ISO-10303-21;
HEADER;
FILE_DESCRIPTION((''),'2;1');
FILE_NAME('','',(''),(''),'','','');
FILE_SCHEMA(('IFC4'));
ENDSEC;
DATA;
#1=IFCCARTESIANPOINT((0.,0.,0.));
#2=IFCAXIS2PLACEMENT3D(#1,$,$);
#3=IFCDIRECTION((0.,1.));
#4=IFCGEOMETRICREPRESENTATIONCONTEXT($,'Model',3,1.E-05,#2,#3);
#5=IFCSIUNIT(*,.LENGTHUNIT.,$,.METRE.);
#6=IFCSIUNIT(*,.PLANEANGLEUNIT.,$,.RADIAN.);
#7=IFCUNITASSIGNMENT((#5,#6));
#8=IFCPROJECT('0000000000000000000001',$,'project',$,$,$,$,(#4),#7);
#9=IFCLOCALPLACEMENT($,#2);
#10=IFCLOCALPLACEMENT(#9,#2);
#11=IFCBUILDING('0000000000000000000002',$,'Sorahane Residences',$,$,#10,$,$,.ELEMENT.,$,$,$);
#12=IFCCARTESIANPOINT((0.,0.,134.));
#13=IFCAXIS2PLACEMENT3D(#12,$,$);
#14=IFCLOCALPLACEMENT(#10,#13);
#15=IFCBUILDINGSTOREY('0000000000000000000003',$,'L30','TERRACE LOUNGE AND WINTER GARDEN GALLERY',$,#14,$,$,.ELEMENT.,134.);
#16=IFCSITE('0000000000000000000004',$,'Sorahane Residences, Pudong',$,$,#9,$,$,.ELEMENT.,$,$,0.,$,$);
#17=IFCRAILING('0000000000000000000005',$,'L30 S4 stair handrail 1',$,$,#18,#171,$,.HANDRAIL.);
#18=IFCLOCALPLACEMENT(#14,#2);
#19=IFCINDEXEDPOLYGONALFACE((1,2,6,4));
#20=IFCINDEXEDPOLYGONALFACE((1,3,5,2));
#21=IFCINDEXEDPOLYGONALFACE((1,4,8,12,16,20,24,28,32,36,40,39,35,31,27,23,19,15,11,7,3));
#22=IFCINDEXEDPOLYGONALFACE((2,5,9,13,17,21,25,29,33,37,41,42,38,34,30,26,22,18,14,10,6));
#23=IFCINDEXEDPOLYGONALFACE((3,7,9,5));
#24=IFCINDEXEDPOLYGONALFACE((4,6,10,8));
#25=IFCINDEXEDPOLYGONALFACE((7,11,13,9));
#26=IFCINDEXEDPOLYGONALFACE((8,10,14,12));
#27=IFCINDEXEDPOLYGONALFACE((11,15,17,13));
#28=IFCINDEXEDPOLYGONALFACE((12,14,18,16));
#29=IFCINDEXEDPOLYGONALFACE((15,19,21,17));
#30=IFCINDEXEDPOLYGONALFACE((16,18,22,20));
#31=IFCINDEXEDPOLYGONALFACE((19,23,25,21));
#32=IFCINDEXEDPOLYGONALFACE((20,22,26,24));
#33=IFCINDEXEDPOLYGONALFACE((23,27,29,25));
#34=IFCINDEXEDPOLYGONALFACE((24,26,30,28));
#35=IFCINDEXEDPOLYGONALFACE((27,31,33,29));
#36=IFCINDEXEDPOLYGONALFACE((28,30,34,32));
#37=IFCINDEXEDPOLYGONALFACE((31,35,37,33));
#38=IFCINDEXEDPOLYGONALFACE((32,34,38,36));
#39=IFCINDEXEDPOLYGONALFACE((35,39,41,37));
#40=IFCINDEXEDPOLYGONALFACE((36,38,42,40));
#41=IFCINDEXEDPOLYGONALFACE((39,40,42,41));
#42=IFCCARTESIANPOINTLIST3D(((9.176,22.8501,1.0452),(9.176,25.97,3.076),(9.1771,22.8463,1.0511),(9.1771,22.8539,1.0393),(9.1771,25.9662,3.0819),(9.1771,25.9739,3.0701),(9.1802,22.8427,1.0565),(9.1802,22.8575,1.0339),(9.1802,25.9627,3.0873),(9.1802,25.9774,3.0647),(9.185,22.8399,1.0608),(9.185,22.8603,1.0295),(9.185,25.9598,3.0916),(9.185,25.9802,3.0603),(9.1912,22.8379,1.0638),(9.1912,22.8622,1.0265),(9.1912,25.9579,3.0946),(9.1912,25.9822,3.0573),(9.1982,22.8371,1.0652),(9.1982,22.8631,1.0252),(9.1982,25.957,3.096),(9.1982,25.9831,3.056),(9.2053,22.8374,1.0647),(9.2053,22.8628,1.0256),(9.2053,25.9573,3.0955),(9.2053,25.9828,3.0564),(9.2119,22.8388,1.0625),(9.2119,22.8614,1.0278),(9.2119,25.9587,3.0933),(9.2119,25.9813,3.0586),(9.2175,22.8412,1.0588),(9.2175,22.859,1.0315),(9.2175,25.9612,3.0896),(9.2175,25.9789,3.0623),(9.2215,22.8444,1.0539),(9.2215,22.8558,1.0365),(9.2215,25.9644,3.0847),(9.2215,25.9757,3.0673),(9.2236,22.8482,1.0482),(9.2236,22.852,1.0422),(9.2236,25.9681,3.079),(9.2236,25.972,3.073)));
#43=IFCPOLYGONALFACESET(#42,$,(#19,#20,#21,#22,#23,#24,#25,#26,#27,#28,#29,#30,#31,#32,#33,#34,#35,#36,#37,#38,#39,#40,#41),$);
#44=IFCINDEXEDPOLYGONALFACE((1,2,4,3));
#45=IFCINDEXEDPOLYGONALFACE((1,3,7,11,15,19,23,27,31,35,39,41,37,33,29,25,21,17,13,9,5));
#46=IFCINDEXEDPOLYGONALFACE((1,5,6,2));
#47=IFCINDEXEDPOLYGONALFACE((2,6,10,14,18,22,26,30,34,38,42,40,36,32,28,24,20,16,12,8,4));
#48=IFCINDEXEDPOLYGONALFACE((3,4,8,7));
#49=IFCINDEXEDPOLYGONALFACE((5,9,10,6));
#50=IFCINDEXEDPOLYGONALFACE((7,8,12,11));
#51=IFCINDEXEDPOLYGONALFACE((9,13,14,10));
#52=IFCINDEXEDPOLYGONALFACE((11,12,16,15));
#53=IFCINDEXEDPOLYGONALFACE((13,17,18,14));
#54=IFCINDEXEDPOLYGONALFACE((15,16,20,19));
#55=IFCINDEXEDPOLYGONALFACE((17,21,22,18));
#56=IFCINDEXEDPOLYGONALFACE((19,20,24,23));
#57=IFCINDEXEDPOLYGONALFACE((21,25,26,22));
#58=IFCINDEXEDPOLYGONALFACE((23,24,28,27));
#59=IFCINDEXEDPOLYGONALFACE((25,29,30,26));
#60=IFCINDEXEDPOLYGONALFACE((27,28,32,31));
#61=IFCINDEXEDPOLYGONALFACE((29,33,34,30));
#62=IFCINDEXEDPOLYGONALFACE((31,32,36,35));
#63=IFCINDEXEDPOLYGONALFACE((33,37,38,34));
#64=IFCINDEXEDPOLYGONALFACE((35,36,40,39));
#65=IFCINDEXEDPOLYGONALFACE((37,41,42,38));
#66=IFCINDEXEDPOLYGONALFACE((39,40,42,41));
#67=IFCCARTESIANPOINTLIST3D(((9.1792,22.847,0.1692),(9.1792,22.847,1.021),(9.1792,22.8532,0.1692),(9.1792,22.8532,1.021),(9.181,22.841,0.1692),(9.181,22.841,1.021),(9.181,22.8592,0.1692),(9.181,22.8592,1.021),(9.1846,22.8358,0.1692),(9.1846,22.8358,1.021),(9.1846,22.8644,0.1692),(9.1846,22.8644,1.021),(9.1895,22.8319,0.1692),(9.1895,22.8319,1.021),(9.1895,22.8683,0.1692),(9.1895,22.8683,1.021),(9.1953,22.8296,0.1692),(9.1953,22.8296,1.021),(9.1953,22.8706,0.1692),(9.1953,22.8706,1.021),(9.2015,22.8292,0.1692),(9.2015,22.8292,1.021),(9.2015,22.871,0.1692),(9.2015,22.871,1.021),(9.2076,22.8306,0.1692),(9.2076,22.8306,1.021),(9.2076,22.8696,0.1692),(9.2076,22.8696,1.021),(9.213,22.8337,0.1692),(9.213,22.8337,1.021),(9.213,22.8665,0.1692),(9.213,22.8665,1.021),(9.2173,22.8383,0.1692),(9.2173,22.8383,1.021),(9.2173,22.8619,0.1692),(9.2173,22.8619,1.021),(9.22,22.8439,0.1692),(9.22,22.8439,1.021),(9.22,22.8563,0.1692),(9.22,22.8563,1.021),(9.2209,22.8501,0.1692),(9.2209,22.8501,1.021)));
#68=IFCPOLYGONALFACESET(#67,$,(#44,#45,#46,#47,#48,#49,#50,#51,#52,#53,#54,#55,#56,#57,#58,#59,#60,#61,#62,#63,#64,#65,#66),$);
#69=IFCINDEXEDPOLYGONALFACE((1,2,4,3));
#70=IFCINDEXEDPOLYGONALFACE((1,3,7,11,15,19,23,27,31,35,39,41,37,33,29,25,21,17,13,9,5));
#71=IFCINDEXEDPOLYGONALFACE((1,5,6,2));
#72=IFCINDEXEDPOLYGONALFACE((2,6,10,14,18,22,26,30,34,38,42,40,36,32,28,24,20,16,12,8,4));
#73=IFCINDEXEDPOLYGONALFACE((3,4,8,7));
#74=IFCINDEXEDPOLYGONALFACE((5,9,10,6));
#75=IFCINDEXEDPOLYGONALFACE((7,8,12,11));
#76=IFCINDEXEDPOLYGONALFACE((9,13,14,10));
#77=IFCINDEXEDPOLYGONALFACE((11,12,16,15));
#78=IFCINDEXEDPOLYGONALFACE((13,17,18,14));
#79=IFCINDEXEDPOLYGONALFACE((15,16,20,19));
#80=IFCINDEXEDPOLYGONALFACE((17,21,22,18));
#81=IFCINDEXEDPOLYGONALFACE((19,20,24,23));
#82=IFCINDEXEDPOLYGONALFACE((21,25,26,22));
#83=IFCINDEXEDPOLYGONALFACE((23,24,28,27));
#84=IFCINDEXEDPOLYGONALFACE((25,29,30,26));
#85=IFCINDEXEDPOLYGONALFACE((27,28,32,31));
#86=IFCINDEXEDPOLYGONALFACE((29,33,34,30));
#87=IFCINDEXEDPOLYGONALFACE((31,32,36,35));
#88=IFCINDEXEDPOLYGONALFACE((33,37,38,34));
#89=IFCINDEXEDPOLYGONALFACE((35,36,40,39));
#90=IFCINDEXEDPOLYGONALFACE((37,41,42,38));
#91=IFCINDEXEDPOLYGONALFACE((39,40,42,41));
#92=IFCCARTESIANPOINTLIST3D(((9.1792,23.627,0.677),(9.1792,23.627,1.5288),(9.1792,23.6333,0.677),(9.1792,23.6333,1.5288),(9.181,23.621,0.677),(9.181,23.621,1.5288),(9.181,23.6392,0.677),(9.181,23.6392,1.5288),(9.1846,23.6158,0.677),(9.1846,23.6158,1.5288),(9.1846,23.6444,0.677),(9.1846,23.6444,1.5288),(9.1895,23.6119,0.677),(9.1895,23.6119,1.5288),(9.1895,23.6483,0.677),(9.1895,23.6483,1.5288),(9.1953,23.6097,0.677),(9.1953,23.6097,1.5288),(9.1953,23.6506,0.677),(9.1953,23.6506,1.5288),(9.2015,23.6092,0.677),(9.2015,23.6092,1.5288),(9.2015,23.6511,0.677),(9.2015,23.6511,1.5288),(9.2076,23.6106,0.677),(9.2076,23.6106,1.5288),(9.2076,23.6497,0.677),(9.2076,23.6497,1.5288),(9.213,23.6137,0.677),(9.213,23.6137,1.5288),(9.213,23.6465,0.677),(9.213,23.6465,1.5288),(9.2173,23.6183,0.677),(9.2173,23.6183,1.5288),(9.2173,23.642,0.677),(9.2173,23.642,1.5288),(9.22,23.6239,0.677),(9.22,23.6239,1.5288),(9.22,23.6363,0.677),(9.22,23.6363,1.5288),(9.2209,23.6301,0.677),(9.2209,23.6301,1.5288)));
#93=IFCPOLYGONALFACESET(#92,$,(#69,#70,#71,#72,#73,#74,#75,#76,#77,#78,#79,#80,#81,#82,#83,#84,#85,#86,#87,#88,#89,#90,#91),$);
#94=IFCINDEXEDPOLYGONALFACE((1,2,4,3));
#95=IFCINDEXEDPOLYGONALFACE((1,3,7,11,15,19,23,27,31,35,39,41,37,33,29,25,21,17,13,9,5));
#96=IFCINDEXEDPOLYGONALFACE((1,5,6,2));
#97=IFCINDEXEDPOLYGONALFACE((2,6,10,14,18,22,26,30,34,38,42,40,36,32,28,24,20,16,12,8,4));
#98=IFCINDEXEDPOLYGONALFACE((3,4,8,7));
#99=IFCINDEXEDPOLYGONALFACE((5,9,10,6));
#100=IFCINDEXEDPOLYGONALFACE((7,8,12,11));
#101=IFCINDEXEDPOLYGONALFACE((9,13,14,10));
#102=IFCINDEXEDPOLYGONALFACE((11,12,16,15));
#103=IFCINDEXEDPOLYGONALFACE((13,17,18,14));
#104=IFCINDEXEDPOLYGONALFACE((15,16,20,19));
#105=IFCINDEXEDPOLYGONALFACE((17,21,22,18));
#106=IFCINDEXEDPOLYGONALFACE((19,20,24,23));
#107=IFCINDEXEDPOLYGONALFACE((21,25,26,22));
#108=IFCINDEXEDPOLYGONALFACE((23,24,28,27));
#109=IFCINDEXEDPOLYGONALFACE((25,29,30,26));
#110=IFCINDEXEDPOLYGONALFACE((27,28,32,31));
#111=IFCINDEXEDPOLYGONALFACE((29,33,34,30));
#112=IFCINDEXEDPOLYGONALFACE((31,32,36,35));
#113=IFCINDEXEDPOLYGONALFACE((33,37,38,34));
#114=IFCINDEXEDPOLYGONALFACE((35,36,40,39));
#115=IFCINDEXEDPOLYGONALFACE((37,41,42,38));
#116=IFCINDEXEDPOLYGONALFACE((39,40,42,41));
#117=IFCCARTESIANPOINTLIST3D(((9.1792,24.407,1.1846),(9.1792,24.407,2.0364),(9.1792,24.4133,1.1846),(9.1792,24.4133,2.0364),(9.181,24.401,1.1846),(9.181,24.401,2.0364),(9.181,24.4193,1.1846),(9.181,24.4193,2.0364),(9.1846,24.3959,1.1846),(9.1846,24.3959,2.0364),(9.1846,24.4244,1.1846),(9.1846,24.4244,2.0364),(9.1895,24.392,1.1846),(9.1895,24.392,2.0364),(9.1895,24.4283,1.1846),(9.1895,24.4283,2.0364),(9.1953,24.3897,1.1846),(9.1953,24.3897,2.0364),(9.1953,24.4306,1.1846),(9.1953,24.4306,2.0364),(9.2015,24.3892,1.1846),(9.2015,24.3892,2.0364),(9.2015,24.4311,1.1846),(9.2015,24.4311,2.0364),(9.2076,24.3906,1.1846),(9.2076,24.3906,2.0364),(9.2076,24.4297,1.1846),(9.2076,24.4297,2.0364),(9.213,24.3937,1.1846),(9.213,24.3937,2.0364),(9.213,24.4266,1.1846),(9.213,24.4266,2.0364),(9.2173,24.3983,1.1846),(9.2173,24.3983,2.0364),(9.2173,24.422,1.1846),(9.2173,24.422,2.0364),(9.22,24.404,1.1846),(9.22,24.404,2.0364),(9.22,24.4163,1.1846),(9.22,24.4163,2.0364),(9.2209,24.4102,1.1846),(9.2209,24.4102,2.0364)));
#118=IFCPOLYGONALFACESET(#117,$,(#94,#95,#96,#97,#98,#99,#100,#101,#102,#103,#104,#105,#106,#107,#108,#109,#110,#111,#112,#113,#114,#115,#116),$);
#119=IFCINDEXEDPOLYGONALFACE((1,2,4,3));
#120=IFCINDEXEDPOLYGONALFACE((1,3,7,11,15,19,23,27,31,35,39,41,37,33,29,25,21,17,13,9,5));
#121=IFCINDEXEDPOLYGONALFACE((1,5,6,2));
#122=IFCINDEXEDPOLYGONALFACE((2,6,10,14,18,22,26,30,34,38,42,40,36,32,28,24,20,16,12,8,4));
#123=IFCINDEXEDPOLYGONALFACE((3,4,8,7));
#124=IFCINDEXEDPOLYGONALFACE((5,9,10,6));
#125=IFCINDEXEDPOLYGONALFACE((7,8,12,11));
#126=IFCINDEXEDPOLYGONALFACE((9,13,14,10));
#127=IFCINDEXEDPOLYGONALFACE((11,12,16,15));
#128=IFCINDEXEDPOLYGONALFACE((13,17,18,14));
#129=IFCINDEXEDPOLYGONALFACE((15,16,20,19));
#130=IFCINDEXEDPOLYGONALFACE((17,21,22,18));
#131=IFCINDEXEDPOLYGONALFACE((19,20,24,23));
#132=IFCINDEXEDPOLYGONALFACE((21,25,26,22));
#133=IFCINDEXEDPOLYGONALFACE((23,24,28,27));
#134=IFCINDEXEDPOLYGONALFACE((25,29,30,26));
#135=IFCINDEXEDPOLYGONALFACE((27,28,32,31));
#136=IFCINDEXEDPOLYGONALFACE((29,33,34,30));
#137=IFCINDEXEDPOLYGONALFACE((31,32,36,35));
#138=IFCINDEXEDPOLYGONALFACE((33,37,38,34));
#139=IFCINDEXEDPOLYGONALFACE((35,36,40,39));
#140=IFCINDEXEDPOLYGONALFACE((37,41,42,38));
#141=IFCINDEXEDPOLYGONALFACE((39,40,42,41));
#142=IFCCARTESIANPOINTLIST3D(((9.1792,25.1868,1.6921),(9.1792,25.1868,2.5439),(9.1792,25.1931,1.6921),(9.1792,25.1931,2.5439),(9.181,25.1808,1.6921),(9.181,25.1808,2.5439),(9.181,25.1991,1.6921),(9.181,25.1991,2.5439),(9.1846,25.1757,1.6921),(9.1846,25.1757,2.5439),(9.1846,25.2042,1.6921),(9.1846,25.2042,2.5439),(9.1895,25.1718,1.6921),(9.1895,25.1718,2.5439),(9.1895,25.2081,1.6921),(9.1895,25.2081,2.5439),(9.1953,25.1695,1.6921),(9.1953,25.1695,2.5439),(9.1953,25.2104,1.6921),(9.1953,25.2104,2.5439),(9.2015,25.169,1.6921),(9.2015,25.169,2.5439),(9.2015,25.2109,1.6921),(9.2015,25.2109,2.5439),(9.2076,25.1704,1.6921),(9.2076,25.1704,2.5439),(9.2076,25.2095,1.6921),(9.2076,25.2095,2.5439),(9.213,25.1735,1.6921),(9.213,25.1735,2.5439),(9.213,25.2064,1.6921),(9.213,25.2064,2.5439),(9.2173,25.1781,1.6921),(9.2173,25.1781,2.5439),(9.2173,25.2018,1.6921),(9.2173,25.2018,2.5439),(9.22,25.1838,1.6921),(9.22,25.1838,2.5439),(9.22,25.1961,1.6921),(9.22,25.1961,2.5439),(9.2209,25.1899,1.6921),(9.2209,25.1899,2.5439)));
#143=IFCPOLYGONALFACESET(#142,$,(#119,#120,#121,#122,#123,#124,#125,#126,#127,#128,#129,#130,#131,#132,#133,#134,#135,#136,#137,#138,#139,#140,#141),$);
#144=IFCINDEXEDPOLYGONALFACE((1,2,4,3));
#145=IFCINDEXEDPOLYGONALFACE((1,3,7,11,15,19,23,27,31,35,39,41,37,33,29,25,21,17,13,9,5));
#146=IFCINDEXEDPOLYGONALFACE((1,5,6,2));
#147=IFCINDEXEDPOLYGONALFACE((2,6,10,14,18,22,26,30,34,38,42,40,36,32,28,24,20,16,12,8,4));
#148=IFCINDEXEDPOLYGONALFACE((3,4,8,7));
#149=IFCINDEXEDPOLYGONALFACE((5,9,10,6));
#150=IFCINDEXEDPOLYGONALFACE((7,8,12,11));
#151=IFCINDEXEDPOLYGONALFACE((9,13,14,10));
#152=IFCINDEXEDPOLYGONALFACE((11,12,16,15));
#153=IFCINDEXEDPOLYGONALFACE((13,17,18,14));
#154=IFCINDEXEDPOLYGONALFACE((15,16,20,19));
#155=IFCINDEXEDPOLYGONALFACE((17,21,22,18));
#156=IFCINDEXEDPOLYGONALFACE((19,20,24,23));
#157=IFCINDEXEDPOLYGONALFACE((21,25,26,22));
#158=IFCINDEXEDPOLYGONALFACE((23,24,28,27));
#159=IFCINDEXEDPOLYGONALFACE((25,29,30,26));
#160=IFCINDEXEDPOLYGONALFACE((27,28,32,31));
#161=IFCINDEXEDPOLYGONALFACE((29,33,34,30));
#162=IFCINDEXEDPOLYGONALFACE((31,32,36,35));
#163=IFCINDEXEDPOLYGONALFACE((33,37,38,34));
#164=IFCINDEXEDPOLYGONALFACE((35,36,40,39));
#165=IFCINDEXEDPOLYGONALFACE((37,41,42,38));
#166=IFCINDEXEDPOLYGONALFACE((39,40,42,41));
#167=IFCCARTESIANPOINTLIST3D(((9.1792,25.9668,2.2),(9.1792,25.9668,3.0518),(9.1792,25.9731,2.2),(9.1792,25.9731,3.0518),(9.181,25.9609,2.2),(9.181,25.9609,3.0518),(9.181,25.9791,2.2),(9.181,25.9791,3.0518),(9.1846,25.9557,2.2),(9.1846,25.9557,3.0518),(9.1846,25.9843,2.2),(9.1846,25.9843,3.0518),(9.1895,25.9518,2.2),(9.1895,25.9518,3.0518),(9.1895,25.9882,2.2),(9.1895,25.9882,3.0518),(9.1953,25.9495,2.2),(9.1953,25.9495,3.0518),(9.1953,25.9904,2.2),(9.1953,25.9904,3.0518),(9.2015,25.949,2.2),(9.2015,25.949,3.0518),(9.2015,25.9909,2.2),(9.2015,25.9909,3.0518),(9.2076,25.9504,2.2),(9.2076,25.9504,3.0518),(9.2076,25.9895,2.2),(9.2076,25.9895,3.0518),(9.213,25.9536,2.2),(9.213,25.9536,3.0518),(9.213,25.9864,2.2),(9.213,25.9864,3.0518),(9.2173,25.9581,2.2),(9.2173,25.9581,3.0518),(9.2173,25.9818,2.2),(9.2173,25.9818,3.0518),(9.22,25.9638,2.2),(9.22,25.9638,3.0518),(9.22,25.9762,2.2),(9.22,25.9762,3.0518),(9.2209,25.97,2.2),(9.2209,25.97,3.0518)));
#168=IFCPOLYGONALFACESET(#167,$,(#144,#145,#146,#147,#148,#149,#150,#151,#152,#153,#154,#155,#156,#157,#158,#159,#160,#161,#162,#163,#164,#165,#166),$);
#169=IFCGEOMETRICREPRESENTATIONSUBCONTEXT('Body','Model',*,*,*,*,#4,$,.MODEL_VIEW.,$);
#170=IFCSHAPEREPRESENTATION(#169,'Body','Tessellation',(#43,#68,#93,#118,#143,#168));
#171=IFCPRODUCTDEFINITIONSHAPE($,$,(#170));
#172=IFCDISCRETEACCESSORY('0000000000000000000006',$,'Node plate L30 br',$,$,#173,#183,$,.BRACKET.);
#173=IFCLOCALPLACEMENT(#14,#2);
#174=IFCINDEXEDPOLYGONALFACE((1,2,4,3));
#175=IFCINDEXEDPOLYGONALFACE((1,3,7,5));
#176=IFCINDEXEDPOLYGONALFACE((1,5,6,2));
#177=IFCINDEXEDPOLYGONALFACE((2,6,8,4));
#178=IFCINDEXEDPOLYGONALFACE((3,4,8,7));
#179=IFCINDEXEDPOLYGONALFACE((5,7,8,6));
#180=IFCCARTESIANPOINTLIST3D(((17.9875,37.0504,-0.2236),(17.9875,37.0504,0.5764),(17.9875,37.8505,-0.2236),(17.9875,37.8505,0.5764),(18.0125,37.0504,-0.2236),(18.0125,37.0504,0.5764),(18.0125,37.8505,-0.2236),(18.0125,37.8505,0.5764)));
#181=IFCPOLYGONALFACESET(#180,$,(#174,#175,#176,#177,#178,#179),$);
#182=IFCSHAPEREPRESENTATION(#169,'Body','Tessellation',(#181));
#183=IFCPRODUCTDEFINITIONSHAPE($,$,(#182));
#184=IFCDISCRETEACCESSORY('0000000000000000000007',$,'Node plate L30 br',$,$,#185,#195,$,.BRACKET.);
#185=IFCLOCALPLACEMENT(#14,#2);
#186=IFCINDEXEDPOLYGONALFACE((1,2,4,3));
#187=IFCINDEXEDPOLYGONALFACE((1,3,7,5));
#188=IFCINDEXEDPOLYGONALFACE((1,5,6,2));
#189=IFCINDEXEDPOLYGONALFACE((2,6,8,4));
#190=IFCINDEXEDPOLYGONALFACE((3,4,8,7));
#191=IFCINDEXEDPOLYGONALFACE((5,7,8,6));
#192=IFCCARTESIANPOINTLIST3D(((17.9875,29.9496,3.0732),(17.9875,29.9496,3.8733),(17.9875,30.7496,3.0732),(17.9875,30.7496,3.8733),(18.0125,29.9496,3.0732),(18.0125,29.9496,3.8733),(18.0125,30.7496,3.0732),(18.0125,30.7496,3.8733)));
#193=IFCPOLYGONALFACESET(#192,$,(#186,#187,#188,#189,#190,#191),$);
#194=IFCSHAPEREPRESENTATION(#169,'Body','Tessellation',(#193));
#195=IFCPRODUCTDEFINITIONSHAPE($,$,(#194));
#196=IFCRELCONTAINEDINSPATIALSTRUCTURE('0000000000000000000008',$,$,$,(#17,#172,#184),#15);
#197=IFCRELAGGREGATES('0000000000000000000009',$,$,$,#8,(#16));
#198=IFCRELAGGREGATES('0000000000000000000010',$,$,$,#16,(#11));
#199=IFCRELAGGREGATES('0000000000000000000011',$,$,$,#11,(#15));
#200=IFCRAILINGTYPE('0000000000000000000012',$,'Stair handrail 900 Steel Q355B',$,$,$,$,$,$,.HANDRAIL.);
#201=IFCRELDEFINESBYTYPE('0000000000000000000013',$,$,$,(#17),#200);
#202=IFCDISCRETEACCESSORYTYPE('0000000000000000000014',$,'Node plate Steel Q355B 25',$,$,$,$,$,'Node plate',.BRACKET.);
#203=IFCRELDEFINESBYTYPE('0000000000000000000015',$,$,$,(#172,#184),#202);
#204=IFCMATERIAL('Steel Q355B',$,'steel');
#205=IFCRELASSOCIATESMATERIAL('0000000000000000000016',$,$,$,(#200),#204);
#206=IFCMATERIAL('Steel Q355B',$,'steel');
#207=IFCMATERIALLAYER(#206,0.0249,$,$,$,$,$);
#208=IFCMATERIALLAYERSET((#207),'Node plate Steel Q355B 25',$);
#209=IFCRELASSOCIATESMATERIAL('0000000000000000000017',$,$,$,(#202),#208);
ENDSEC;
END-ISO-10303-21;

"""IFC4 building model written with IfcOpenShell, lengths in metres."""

from ifc_helpers import new_model, si_unit, direction, frame, origin, origin_2d, place, context, subcontext, project, spatial, rectangle, circle, extrude, material, layer, layer_set, type_object, element, save


model = new_model("IFC4")

# Units and contexts
model_context = context("Model", 3, precision=1e-05, world=origin(), true_north=direction((0.0, 1.0)))
body_context = subcontext(model_context, "Body", "Model", "MODEL_VIEW")
ifc_project = project(units=[si_unit("LENGTHUNIT", "METRE"), si_unit("PLANEANGLEUNIT", "RADIAN")], contexts=[model_context])

# Site, building, storey
site_placement = place(None, origin())
site = spatial("IfcSite", under=ifc_project, at=site_placement, Name="Sorahane Residences, Pudong", CompositionType="ELEMENT", RefElevation=0.0)
building_placement = place(site_placement, origin())
building = spatial("IfcBuilding", under=site, at=building_placement, Name="Sorahane Residences", CompositionType="ELEMENT")
storey_placement = place(building_placement, frame((0.0, 0.0, 134.0)))
storey = spatial("IfcBuildingStorey", under=building, at=storey_placement, Name="L30", Description="TERRACE LOUNGE AND WINTER GARDEN GALLERY", CompositionType="ELEMENT", Elevation=134.0)

# Railing
ifc_material_1 = material(Name="Steel Q355B", Category="steel")
railing_type_1 = type_object("IfcRailingType", Name="Stair handrail 900 Steel Q355B", PredefinedType="HANDRAIL", material=ifc_material_1)
railing_1_placement = place(storey_placement, frame((9.2, 22.8501, 0.1692)))
element("IfcRailing", 1, at=railing_1_placement, inside=storey, type_object=railing_type_1, Name="L30 S4 stair handrail 1", PredefinedType="HANDRAIL", context=body_context, shape_type="SweptSolid", body=[
    extrude(circle(Radius=0.0239, at=origin_2d()), frame((0.0, 0.0, 0.876), z_axis=(0.0, 0.838094, 0.545525), x_axis=(-1.0, 0.0, 0.0)), (0.0, 0.0, 1.0), 3.7227),
    extrude(circle(Radius=0.021, at=origin_2d()), origin(), (0.0, 0.0, 1.0), 0.8518),
    extrude(circle(Radius=0.021, at=origin_2d()), frame((0.0, 0.78, 0.5078)), (0.0, 0.0, 1.0), 0.8518),
    extrude(circle(Radius=0.021, at=origin_2d()), frame((0.0, 1.5601, 1.0154)), (0.0, 0.0, 1.0), 0.8518),
    extrude(circle(Radius=0.021, at=origin_2d()), frame((0.0, 2.3398, 1.5229)), (0.0, 0.0, 1.0), 0.8518),
    extrude(circle(Radius=0.021, at=origin_2d()), frame((0.0, 3.1199, 2.0308)), (0.0, 0.0, 1.0), 0.8518),
])

# Discrete accessories
ifc_material_2 = material(Name="Steel Q355B", Category="steel")
ifc_layer_1 = layer(ifc_material_2, 0.0249)
ifc_layer_set_1 = layer_set([ifc_layer_1], Name="Node plate Steel Q355B 25")
discrete_accessory_type = type_object("IfcDiscreteAccessoryType", Name="Node plate Steel Q355B 25", ElementType="Node plate", PredefinedType="BRACKET", material=ifc_layer_set_1)
for number, where, z_axis, x_axis, name in (
    (2, (18.0, 37.4504, -0.2236), (0.0, 0.0, 1.0), (0.0, 1.0, 0.0), "Node plate L30 br"),
    (3, (18.0, 30.3496, 3.0732), (0.0, 0.0, 1.0), (0.0, 1.0, 0.0), "Node plate L30 br"),
):
    element("IfcDiscreteAccessory", number, at=place(storey_placement, frame(where, z_axis=z_axis, x_axis=x_axis)), inside=storey, type_object=discrete_accessory_type, Name=name, PredefinedType="BRACKET", context=body_context, shape_type="SweptSolid", body=[
        extrude(rectangle(XDim=0.8, YDim=0.0249, at=origin_2d()), origin(), (0.0, 0.0, 1.0), 0.8),
    ])

save(model, "model.ifc")
